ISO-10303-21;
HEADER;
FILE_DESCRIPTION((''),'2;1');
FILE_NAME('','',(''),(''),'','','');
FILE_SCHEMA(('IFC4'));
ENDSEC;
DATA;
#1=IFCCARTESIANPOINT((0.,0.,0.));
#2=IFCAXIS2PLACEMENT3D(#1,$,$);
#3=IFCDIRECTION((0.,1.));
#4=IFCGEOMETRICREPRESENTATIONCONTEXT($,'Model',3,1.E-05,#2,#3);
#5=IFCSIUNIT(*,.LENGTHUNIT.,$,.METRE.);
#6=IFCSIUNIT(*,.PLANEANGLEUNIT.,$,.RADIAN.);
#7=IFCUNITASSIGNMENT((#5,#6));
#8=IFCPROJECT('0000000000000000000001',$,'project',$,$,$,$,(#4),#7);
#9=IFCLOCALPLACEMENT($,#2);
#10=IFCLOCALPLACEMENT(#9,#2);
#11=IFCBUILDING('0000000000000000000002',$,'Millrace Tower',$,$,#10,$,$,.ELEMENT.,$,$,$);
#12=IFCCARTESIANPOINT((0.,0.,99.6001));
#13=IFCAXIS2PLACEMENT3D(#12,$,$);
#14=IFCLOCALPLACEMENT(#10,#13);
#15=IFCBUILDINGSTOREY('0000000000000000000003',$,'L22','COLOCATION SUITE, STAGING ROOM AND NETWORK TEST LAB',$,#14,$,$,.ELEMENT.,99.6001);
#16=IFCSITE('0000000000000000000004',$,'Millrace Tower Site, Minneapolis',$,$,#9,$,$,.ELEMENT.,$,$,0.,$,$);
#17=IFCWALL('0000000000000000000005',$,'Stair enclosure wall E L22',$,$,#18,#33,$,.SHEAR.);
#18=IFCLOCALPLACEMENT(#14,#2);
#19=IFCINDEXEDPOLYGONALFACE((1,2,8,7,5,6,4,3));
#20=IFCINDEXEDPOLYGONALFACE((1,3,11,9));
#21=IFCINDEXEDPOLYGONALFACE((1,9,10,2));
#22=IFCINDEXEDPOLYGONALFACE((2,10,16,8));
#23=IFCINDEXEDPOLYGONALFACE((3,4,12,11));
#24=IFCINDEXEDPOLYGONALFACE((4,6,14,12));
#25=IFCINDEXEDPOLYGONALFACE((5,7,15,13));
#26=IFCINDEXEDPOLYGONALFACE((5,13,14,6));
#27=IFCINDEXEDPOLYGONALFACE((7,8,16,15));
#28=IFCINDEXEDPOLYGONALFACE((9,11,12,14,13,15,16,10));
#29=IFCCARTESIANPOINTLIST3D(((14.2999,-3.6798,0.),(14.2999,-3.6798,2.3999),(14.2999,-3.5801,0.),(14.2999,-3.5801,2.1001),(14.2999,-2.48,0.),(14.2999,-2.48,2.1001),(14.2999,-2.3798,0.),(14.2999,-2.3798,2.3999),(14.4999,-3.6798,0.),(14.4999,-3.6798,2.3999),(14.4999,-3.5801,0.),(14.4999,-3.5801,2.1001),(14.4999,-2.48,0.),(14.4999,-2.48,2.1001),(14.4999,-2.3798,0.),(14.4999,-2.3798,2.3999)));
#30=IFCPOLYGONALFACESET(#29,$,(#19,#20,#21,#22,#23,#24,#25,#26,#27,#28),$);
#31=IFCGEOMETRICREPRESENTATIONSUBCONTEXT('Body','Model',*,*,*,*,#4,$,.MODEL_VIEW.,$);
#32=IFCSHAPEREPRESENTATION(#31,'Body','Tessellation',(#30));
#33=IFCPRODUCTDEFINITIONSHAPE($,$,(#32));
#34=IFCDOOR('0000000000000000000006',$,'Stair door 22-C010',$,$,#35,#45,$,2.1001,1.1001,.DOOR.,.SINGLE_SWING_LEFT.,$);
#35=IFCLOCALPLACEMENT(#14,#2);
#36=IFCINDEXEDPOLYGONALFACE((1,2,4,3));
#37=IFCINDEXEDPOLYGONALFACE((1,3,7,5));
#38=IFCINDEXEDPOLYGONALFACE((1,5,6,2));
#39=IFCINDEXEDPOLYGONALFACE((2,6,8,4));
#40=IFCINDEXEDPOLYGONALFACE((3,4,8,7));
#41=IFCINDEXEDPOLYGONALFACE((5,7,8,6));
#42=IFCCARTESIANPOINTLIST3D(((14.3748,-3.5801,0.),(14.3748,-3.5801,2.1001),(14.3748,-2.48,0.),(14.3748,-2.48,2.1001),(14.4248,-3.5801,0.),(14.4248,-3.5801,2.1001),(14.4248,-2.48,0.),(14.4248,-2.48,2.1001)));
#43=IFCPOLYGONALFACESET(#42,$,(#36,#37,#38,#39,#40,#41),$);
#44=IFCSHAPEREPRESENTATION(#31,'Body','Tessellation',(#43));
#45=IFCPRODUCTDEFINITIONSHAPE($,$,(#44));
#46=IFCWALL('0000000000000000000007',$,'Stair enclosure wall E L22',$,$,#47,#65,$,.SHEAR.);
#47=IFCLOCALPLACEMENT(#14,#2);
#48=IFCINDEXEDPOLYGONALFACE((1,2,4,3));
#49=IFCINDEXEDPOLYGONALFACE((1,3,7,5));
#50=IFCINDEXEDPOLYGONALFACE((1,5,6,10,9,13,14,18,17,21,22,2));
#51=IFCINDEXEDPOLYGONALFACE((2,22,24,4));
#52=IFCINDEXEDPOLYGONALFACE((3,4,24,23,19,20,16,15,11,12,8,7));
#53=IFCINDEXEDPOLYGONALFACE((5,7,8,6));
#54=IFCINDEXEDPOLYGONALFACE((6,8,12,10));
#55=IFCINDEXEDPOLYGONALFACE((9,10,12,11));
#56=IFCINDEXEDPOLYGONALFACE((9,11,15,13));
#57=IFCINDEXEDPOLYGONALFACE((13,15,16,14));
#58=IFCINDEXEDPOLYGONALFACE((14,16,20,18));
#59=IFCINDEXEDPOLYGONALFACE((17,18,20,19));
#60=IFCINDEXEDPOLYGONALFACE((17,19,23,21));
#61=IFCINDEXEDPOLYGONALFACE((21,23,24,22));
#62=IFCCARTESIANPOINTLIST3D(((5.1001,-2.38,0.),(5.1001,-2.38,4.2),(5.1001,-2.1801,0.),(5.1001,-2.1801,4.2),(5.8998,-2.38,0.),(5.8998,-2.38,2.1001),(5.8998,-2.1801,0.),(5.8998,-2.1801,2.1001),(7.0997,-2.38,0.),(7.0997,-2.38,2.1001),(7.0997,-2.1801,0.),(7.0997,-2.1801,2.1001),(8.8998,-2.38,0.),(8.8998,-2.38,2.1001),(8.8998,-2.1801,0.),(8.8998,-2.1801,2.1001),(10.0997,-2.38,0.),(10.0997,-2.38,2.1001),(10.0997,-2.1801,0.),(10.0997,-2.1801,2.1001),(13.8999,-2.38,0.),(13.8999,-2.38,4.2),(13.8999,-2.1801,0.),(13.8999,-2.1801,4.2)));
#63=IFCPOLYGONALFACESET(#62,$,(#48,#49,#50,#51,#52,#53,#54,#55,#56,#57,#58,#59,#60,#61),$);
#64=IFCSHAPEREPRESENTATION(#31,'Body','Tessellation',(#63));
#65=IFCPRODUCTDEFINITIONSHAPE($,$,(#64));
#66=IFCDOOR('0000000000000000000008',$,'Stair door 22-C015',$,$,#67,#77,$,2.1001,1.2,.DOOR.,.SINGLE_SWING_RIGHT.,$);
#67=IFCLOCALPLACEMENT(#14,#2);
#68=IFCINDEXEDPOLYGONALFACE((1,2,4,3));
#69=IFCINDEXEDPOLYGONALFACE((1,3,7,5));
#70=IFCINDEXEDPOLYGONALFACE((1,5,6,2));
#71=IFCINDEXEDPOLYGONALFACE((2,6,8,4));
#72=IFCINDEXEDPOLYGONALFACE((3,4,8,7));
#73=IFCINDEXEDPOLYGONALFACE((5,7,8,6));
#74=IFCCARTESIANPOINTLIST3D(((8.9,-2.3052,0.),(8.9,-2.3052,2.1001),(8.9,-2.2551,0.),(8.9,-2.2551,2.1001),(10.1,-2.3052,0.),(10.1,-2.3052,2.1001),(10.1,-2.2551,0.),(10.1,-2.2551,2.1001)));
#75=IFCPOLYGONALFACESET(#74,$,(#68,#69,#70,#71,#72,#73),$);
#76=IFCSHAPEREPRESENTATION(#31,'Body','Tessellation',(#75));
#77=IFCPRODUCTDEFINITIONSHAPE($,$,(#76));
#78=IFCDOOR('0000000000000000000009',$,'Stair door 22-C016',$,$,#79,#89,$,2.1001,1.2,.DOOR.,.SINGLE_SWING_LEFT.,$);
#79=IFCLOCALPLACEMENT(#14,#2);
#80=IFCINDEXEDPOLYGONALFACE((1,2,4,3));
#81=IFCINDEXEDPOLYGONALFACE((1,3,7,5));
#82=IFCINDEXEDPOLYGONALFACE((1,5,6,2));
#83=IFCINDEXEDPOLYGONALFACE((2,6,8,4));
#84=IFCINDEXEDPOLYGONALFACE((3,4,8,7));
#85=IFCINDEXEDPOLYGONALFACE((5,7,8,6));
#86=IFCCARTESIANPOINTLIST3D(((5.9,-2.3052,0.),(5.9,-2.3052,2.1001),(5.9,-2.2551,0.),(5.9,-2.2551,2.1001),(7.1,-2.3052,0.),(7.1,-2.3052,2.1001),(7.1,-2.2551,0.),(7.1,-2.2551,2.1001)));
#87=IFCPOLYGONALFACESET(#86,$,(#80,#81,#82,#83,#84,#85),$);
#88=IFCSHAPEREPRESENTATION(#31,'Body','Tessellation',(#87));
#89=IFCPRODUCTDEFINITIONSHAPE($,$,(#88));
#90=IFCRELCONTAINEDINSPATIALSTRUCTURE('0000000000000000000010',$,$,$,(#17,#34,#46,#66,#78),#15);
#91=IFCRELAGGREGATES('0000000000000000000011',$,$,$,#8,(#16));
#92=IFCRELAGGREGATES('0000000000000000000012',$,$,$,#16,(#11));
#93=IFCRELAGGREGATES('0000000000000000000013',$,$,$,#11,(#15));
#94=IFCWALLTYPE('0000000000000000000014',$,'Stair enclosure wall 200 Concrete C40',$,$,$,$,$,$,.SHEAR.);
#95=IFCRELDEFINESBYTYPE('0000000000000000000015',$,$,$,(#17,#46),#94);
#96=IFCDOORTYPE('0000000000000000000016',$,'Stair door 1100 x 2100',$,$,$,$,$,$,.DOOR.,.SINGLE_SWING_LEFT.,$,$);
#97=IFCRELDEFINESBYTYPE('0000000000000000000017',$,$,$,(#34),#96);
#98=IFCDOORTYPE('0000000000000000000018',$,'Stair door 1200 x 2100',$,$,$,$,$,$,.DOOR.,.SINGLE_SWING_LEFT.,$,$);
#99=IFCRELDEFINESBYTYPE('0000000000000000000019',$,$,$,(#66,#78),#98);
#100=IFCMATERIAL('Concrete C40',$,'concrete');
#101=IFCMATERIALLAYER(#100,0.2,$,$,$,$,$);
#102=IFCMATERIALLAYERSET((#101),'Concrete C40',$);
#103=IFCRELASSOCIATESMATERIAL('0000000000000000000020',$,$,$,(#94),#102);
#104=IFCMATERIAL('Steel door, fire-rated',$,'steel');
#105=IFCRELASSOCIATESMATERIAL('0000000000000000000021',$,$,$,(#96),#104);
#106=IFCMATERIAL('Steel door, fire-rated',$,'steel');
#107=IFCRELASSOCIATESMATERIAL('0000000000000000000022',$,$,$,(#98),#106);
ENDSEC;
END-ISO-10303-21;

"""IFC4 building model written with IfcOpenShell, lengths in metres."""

from ifc_helpers import new_model, si_unit, direction, frame, frame_2d, origin, place, context, subcontext, project, spatial, rectangle, extrude, material, layer, layer_set, type_object, element, fill, save


model = new_model("IFC4")

# Units and contexts
model_context = context("Model", 3, precision=1e-05, world=origin(), true_north=direction((0.0, 1.0)))
body_context = subcontext(model_context, "Body", "Model", "MODEL_VIEW")
ifc_project = project(units=[si_unit("LENGTHUNIT", "METRE"), si_unit("PLANEANGLEUNIT", "RADIAN")], contexts=[model_context])

# Site, building, storey
site_placement = place(None, origin())
site = spatial("IfcSite", under=ifc_project, at=site_placement, Name="Millrace Tower Site, Minneapolis", CompositionType="ELEMENT", RefElevation=0.0)
building_placement = place(site_placement, origin())
building = spatial("IfcBuilding", under=site, at=building_placement, Name="Millrace Tower", CompositionType="ELEMENT")
storey_placement = place(building_placement, frame((0.0, 0.0, 99.6001)))
storey = spatial("IfcBuildingStorey", under=building, at=storey_placement, Name="L22", Description="COLOCATION SUITE, STAGING ROOM AND NETWORK TEST LAB", CompositionType="ELEMENT", Elevation=99.6001)

# Wall, opening, door
ifc_material_1 = material(Name="Concrete C40", Category="concrete")
ifc_layer_1 = layer(ifc_material_1, 0.2)
ifc_layer_set_1 = layer_set([ifc_layer_1], Name="Concrete C40")
wall_type_1 = type_object("IfcWallType", Name="Stair enclosure wall 200 Concrete C40", PredefinedType="SHEAR", material=ifc_layer_set_1)
wall_1_placement = place(storey_placement, frame((14.3999, -2.3799, 0.0), z_axis=(0.0, 0.0, 1.0), x_axis=(0.0, -1.0, 0.0)))
wall_1 = element("IfcWall", 1, at=wall_1_placement, inside=storey, type_object=wall_type_1, Name="Stair enclosure wall E L22", PredefinedType="SHEAR", context=body_context, shape_type="SweptSolid", body=[
    extrude(rectangle(XDim=1.3, YDim=0.2, at=frame_2d((0.6499, 0.0))), origin(), (0.0, 0.0, 1.0), 2.3999),
])
opening_1_placement = place(wall_1_placement, frame((0.1001, 0.0, 0.0)))
opening_1 = element("IfcOpeningElement", 2, at=opening_1_placement, cuts=wall_1, PredefinedType="OPENING", context=body_context, shape_type="SweptSolid", body=[
    extrude(rectangle(XDim=1.1001, YDim=2.1001, at=frame_2d((0.55, 1.05))), frame((0.0, 0.1099, 0.0), z_axis=(0.0, -1.0, 0.0), x_axis=(1.0, 0.0, 0.0)), (0.0, 0.0, 1.0), 0.22),
])
ifc_material_2 = material(Name="Steel door, fire-rated", Category="steel")
door_type_1 = type_object("IfcDoorType", Name="Stair door 1100 x 2100", OperationType="SINGLE_SWING_LEFT", PredefinedType="DOOR", material=ifc_material_2)
door_1_placement = place(opening_1_placement, origin())
door_1 = element("IfcDoor", 3, at=door_1_placement, inside=storey, type_object=door_type_1, Name="Stair door 22-C010", OperationType="SINGLE_SWING_LEFT", OverallHeight=2.1001, OverallWidth=1.1001, PredefinedType="DOOR", context=body_context, shape_type="SweptSolid", body=[
    extrude(rectangle(XDim=1.1001, YDim=2.1001, at=frame_2d((0.55, 1.05))), frame((0.0, 0.0249, 0.0), z_axis=(0.0, -1.0, 0.0), x_axis=(1.0, 0.0, 0.0)), (0.0, 0.0, 1.0), 0.05),
])
fill(opening_1, door_1)

# Wall, openings, doors
wall_2_placement = place(storey_placement, frame((13.8999, -2.28, 0.0), z_axis=(0.0, 0.0, 1.0), x_axis=(-1.0, 0.0, 0.0)))
wall_2 = element("IfcWall", 4, at=wall_2_placement, inside=storey, type_object=wall_type_1, Name="Stair enclosure wall E L22", PredefinedType="SHEAR", context=body_context, shape_type="SweptSolid", body=[
    extrude(rectangle(XDim=8.7998, YDim=0.2, at=frame_2d((4.3999, 0.0))), origin(), (0.0, 0.0, 1.0), 4.2),
])
opening_2_placement = place(wall_2_placement, frame((3.8, 0.0, 0.0)))
opening_2 = element("IfcOpeningElement", 5, at=opening_2_placement, cuts=wall_2, PredefinedType="OPENING", context=body_context, shape_type="SweptSolid", body=[
    extrude(rectangle(XDim=1.2, YDim=2.1001, at=frame_2d((0.6001, 1.05))), frame((0.0, 0.1099, 0.0), z_axis=(0.0, -1.0, 0.0), x_axis=(1.0, 0.0, 0.0)), (0.0, 0.0, 1.0), 0.22),
])
opening_3_placement = place(wall_2_placement, frame((6.8, 0.0, 0.0)))
opening_3 = element("IfcOpeningElement", 6, at=opening_3_placement, cuts=wall_2, PredefinedType="OPENING", context=body_context, shape_type="SweptSolid", body=[
    extrude(rectangle(XDim=1.2, YDim=2.1001, at=frame_2d((0.6001, 1.05))), frame((0.0, 0.1099, 0.0), z_axis=(0.0, -1.0, 0.0), x_axis=(1.0, 0.0, 0.0)), (0.0, 0.0, 1.0), 0.22),
])
ifc_material_3 = material(Name="Steel door, fire-rated", Category="steel")
door_type_2 = type_object("IfcDoorType", Name="Stair door 1200 x 2100", OperationType="SINGLE_SWING_LEFT", PredefinedType="DOOR", material=ifc_material_3)
door_2_placement = place(opening_2_placement, frame((1.2, 0.0, 0.0), z_axis=(0.0, 0.0, 1.0), x_axis=(-1.0, 0.0, 0.0)))
door_2 = element("IfcDoor", 7, at=door_2_placement, inside=storey, type_object=door_type_2, Name="Stair door 22-C015", OperationType="SINGLE_SWING_RIGHT", OverallHeight=2.1001, OverallWidth=1.2, PredefinedType="DOOR", context=body_context, shape_type="SweptSolid", body=[
    extrude(rectangle(XDim=1.2, YDim=2.1001, at=frame_2d((0.6001, 1.05))), frame((0.0, 0.0249, 0.0), z_axis=(0.0, -1.0, 0.0), x_axis=(1.0, 0.0, 0.0)), (0.0, 0.0, 1.0), 0.05),
])
fill(opening_2, door_2)
door_3_placement = place(opening_3_placement, frame((1.2, 0.0, 0.0), z_axis=(0.0, 0.0, 1.0), x_axis=(-1.0, 0.0, 0.0)))
door_3 = element("IfcDoor", 8, at=door_3_placement, inside=storey, type_object=door_type_2, Name="Stair door 22-C016", OperationType="SINGLE_SWING_LEFT", OverallHeight=2.1001, OverallWidth=1.2, PredefinedType="DOOR", context=body_context, shape_type="SweptSolid", body=[
    extrude(rectangle(XDim=1.2, YDim=2.1001, at=frame_2d((0.6001, 1.05))), frame((0.0, 0.0249, 0.0), z_axis=(0.0, -1.0, 0.0), x_axis=(1.0, 0.0, 0.0)), (0.0, 0.0, 1.0), 0.05),
])
fill(opening_3, door_3)

save(model, "model.ifc")
